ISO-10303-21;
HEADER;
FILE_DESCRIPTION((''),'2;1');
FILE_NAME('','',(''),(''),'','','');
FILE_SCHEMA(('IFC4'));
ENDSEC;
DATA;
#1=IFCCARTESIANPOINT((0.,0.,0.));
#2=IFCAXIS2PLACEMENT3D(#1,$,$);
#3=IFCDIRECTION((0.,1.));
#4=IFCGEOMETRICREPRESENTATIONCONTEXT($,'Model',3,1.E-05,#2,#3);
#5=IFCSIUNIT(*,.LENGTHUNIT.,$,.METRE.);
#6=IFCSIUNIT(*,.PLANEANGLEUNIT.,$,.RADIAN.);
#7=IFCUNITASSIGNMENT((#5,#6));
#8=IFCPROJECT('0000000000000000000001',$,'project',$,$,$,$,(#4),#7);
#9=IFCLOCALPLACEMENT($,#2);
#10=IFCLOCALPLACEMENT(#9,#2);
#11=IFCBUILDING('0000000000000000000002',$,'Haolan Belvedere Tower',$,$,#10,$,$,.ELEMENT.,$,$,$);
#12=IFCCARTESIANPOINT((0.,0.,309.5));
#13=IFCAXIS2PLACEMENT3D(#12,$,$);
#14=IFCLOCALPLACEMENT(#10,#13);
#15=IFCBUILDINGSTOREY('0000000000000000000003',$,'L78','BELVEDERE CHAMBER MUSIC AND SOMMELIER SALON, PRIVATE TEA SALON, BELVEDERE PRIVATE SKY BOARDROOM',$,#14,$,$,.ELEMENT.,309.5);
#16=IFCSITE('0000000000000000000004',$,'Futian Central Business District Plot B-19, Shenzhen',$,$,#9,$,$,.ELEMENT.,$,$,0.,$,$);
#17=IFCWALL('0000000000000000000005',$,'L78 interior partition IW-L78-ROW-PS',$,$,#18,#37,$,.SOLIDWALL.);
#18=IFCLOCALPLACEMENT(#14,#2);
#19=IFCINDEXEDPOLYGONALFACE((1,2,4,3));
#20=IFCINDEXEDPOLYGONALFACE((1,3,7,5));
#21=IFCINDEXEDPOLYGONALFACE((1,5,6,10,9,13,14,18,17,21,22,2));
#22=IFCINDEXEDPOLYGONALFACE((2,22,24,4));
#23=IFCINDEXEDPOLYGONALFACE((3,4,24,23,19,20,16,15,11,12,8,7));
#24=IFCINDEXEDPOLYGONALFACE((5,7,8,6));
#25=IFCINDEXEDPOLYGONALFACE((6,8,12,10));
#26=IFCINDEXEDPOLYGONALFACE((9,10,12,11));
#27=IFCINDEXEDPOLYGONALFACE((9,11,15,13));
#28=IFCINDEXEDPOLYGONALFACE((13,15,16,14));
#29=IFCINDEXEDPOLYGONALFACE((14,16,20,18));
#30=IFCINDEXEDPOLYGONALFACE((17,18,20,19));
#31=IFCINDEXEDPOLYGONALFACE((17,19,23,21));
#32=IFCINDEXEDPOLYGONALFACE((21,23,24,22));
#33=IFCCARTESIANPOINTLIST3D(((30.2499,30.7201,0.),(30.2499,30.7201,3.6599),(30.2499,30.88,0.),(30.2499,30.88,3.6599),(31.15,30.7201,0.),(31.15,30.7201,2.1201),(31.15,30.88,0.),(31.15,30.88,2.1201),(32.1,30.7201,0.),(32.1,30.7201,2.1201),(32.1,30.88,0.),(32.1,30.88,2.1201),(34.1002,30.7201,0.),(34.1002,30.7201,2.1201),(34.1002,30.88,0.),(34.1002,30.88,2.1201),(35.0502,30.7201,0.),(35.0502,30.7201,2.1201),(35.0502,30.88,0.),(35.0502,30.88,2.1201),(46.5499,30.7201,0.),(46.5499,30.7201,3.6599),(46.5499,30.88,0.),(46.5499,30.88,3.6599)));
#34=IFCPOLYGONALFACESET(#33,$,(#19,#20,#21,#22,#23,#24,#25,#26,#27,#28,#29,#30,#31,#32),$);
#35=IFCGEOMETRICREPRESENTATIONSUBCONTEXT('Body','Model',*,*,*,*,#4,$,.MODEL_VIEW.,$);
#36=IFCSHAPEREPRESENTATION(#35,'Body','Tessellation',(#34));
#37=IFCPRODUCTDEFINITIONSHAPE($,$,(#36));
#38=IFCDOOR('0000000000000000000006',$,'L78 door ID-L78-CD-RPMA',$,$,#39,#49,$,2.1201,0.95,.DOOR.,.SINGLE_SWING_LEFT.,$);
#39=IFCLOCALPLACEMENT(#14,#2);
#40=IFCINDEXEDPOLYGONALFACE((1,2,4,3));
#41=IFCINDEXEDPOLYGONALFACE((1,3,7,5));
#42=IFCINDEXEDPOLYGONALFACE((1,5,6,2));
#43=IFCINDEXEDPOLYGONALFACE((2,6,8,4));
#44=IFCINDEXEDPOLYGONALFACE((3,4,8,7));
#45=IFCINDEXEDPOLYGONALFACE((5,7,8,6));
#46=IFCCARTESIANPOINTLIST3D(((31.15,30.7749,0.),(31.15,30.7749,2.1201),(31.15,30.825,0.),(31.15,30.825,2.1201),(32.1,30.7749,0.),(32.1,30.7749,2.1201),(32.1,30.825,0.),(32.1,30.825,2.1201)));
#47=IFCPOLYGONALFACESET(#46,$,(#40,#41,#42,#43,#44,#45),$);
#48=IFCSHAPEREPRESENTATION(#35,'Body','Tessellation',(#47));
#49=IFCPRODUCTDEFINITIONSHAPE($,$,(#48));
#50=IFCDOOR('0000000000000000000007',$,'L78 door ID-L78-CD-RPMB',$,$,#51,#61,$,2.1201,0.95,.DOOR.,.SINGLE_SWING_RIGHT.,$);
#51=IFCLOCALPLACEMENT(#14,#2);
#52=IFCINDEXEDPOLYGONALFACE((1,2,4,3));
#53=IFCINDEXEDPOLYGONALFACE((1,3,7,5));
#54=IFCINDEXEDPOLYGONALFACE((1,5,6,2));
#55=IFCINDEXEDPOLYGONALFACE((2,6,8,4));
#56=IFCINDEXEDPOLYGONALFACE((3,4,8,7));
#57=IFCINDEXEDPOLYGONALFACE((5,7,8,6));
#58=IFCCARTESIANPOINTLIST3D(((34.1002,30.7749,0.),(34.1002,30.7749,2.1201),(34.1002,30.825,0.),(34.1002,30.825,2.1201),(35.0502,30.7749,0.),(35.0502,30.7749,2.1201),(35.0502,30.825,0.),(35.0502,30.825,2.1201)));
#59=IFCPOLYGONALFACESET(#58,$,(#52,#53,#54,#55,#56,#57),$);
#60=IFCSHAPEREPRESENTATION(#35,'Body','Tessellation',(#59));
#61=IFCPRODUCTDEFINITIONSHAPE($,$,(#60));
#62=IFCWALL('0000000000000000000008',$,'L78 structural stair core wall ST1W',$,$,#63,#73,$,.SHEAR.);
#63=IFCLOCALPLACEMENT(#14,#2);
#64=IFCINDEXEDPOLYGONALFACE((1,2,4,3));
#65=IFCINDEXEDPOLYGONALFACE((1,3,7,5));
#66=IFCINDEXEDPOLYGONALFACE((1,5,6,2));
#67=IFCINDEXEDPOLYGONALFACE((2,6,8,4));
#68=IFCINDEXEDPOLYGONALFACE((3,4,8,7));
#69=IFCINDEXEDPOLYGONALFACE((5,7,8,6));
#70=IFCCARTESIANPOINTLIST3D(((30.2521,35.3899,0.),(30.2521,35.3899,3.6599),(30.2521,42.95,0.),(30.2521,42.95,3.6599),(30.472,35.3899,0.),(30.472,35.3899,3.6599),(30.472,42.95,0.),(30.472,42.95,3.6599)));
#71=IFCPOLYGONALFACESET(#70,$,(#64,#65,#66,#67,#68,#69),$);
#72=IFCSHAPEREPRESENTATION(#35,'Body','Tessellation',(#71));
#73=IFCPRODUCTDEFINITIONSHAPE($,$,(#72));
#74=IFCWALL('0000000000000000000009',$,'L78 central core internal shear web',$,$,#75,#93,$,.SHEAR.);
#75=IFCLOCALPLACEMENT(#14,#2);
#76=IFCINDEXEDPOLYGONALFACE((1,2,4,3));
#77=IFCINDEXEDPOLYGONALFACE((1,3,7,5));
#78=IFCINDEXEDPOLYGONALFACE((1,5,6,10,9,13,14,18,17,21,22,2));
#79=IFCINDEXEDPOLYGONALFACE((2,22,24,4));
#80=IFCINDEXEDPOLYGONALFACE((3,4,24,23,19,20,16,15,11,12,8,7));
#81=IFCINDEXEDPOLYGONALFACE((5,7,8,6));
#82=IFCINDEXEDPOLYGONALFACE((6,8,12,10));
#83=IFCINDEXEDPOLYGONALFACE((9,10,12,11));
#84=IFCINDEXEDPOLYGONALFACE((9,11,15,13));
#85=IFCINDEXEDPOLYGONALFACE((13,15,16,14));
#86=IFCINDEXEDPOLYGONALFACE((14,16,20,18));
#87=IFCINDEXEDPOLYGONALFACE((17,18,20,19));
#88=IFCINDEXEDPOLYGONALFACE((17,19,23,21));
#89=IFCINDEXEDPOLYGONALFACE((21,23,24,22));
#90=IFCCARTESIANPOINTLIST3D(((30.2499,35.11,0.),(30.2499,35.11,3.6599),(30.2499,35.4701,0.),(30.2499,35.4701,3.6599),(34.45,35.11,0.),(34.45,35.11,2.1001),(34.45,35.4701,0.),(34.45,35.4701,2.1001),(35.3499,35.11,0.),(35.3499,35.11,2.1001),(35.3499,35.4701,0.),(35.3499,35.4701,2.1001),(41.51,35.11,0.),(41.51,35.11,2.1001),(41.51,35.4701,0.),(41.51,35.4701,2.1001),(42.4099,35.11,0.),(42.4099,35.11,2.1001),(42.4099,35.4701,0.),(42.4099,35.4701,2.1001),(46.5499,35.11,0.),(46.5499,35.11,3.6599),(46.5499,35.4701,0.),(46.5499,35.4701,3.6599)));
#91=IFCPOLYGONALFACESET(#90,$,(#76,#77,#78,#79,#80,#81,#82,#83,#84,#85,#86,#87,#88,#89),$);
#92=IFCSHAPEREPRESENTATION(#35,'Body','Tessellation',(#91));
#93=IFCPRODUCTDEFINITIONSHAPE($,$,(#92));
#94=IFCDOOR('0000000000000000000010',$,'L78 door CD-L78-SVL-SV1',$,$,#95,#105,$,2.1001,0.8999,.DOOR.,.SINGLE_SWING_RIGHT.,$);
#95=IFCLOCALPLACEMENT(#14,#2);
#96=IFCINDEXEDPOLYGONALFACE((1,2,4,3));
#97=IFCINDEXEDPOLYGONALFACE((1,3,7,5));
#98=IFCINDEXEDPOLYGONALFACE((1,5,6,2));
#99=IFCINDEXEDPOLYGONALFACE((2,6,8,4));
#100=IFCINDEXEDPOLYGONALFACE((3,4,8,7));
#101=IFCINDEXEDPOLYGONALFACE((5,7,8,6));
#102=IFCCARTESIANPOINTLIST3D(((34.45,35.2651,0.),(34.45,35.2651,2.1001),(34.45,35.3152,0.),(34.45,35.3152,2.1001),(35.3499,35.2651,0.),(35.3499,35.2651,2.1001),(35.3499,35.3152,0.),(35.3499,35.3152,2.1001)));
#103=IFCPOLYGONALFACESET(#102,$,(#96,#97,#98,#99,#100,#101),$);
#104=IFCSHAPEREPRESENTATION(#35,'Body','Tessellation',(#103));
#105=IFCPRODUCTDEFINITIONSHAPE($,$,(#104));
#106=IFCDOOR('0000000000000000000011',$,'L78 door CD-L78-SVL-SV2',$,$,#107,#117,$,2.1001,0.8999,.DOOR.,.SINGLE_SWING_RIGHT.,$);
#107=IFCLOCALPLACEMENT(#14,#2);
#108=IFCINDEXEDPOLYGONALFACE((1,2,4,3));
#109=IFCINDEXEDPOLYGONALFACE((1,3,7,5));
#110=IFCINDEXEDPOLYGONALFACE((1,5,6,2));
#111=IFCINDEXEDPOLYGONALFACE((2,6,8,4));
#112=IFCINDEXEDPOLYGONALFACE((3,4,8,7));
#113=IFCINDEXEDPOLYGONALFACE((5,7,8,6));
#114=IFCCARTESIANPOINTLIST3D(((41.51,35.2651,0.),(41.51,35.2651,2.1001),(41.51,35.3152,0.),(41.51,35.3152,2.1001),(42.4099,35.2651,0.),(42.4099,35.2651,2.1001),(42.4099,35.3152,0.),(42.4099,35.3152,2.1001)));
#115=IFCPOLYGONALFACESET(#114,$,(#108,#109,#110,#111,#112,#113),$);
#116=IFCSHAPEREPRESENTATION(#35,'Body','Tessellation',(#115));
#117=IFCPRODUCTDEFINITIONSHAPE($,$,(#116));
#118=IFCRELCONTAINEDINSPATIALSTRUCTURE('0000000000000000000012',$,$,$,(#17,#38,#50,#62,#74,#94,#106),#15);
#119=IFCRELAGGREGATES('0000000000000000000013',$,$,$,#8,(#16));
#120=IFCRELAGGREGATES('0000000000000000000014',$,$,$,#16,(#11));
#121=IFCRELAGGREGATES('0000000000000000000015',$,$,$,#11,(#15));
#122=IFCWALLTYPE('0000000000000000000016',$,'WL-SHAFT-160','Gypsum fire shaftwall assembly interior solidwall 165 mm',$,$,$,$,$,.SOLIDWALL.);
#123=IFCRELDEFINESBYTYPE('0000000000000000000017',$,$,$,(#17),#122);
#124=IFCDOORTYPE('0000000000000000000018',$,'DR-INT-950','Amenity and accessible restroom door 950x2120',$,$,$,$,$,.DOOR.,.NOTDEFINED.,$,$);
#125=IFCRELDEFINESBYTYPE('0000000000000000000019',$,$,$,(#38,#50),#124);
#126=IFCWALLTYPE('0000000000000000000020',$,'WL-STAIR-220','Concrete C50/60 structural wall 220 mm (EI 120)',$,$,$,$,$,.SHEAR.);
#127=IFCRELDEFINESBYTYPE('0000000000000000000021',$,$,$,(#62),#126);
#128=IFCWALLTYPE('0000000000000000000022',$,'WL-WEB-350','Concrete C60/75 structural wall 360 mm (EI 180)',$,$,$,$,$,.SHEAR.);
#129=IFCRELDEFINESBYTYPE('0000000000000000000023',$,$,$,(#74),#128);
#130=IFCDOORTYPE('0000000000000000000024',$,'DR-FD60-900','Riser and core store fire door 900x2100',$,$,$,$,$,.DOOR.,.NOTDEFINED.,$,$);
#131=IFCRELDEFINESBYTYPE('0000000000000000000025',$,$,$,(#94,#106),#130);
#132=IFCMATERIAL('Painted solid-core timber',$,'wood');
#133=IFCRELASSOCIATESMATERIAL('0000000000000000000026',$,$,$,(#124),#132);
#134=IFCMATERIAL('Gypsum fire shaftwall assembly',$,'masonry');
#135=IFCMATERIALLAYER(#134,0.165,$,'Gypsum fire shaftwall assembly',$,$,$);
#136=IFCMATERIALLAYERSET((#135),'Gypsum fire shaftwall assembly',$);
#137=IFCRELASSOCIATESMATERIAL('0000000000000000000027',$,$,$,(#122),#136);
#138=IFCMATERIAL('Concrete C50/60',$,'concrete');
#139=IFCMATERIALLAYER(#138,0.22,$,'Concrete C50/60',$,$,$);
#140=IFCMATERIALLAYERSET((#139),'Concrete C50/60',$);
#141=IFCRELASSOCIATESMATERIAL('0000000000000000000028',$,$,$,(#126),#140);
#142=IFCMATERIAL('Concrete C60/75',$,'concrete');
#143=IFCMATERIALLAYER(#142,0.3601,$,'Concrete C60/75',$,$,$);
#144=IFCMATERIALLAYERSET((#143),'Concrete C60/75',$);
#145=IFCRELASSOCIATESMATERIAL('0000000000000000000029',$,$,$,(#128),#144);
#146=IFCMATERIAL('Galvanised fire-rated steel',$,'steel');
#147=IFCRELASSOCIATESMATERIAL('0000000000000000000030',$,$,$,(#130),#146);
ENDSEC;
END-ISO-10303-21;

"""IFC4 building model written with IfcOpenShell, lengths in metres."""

from ifc_helpers import new_model, si_unit, direction, frame, frame_2d, origin, place, context, subcontext, project, spatial, rectangle, extrude, material, layer, layer_set, type_object, element, fill, save


model = new_model("IFC4")

# Units and contexts
model_context = context("Model", 3, precision=1e-05, world=origin(), true_north=direction((0.0, 1.0)))
body_context = subcontext(model_context, "Body", "Model", "MODEL_VIEW")
ifc_project = project(units=[si_unit("LENGTHUNIT", "METRE"), si_unit("PLANEANGLEUNIT", "RADIAN")], contexts=[model_context])

# Site, building, storey
site_placement = place(None, origin())
site = spatial("IfcSite", under=ifc_project, at=site_placement, Name="Futian Central Business District Plot B-19, Shenzhen", CompositionType="ELEMENT", RefElevation=0.0)
building_placement = place(site_placement, origin())
building = spatial("IfcBuilding", under=site, at=building_placement, Name="Haolan Belvedere Tower", CompositionType="ELEMENT")
storey_placement = place(building_placement, frame((0.0, 0.0, 309.5)))
storey = spatial("IfcBuildingStorey", under=building, at=storey_placement, Name="L78", Description="BELVEDERE CHAMBER MUSIC AND SOMMELIER SALON, PRIVATE TEA SALON, BELVEDERE PRIVATE SKY BOARDROOM", CompositionType="ELEMENT", Elevation=309.5)

# Shared definitions
ifc_material_1 = material(Name="Concrete C60/75", Category="concrete")

# Shared definitions
ifc_material_2 = material(Name="Concrete C50/60", Category="concrete")

# Shared definitions
ifc_material_3 = material(Name="Painted solid-core timber", Category="wood")
door_type_1 = type_object("IfcDoorType", Name="DR-INT-950", Description="Amenity and accessible restroom door 950x2120", OperationType="NOTDEFINED", PredefinedType="DOOR", material=ifc_material_3)

# Shared definitions
ifc_material_4 = material(Name="Gypsum fire shaftwall assembly", Category="masonry")
ifc_layer_1 = layer(ifc_material_4, 0.165, Name="Gypsum fire shaftwall assembly")
ifc_layer_set_1 = layer_set([ifc_layer_1], Name="Gypsum fire shaftwall assembly")
wall_type_1 = type_object("IfcWallType", Name="WL-SHAFT-160", Description="Gypsum fire shaftwall assembly interior solidwall 165 mm", PredefinedType="SOLIDWALL", material=ifc_layer_set_1)

# Wall, openings, doors
wall_1_placement = place(storey_placement, frame((30.25, 30.8, 0.0), z_axis=(0.0, 0.0, 1.0), x_axis=(1.0, 0.0, 0.0)))
wall_1 = element("IfcWall", 1, at=wall_1_placement, inside=storey, type_object=wall_type_1, Name="L78 interior partition IW-L78-ROW-PS", PredefinedType="SOLIDWALL", context=body_context, shape_type="SweptSolid", body=[
    extrude(rectangle(XDim=16.3, YDim=0.1599, at=frame_2d((8.1499, 0.0))), origin(), (0.0, 0.0, 1.0), 3.6599),
])
opening_1_placement = place(wall_1_placement, frame((0.8999, 0.0, 0.0)))
opening_1 = element("IfcOpeningElement", 2, at=opening_1_placement, cuts=wall_1, PredefinedType="OPENING", context=body_context, shape_type="SweptSolid", body=[
    extrude(rectangle(XDim=0.95, YDim=2.1201, at=frame_2d((0.4751, 1.0601))), frame((0.0, 0.0898, 0.0), z_axis=(0.0, -1.0, 0.0), x_axis=(1.0, 0.0, 0.0)), (0.0, 0.0, 1.0), 0.1799),
])
opening_2_placement = place(wall_1_placement, frame((3.8501, 0.0, 0.0)))
opening_2 = element("IfcOpeningElement", 3, at=opening_2_placement, cuts=wall_1, PredefinedType="OPENING", context=body_context, shape_type="SweptSolid", body=[
    extrude(rectangle(XDim=0.95, YDim=2.1201, at=frame_2d((0.4751, 1.0601))), frame((0.0, 0.0898, 0.0), z_axis=(0.0, -1.0, 0.0), x_axis=(1.0, 0.0, 0.0)), (0.0, 0.0, 1.0), 0.1799),
])
door_1_placement = place(opening_1_placement, origin())
door_1 = element("IfcDoor", 4, at=door_1_placement, inside=storey, type_object=door_type_1, Name="L78 door ID-L78-CD-RPMA", OperationType="SINGLE_SWING_LEFT", OverallHeight=2.1201, OverallWidth=0.95, PredefinedType="DOOR", context=body_context, shape_type="SweptSolid", body=[
    extrude(rectangle(XDim=0.95, YDim=2.1201, at=frame_2d((0.4751, 1.0601))), frame((0.0, 0.0249, 0.0), z_axis=(0.0, -1.0, 0.0), x_axis=(1.0, 0.0, 0.0)), (0.0, 0.0, 1.0), 0.05),
])
fill(opening_1, door_1)
door_2_placement = place(opening_2_placement, origin())
door_2 = element("IfcDoor", 5, at=door_2_placement, inside=storey, type_object=door_type_1, Name="L78 door ID-L78-CD-RPMB", OperationType="SINGLE_SWING_RIGHT", OverallHeight=2.1201, OverallWidth=0.95, PredefinedType="DOOR", context=body_context, shape_type="SweptSolid", body=[
    extrude(rectangle(XDim=0.95, YDim=2.1201, at=frame_2d((0.4751, 1.0601))), frame((0.0, 0.0249, 0.0), z_axis=(0.0, -1.0, 0.0), x_axis=(1.0, 0.0, 0.0)), (0.0, 0.0, 1.0), 0.05),
])
fill(opening_2, door_2)

# Wall
ifc_layer_2 = layer(ifc_material_2, 0.22, Name="Concrete C50/60")
ifc_layer_set_2 = layer_set([ifc_layer_2], Name="Concrete C50/60")
wall_type_2 = type_object("IfcWallType", Name="WL-STAIR-220", Description="Concrete C50/60 structural wall 220 mm (EI 120)", PredefinedType="SHEAR", material=ifc_layer_set_2)
wall_2_placement = place(storey_placement, frame((30.3621, 35.3899, 0.0), z_axis=(0.0, 0.0, 1.0), x_axis=(0.0, 1.0, 0.0)))
element("IfcWall", 6, at=wall_2_placement, inside=storey, type_object=wall_type_2, Name="L78 structural stair core wall ST1W", PredefinedType="SHEAR", context=body_context, shape_type="SweptSolid", body=[
    extrude(rectangle(XDim=7.5601, YDim=0.22, at=frame_2d((3.78, 0.0))), origin(), (0.0, 0.0, 1.0), 3.6599),
])

# Wall, openings, doors
ifc_layer_3 = layer(ifc_material_1, 0.3601, Name="Concrete C60/75")
ifc_layer_set_3 = layer_set([ifc_layer_3], Name="Concrete C60/75")
wall_type_3 = type_object("IfcWallType", Name="WL-WEB-350", Description="Concrete C60/75 structural wall 360 mm (EI 180)", PredefinedType="SHEAR", material=ifc_layer_set_3)
wall_3_placement = place(storey_placement, frame((30.25, 35.29, 0.0), z_axis=(0.0, 0.0, 1.0), x_axis=(1.0, 0.0, 0.0)))
wall_3 = element("IfcWall", 7, at=wall_3_placement, inside=storey, type_object=wall_type_3, Name="L78 central core internal shear web", PredefinedType="SHEAR", context=body_context, shape_type="SweptSolid", body=[
    extrude(rectangle(XDim=16.3, YDim=0.3601, at=frame_2d((8.1499, 0.0))), origin(), (0.0, 0.0, 1.0), 3.6599),
])
opening_3_placement = place(wall_3_placement, frame((5.0999, 0.0, 0.0), z_axis=(0.0, 0.0, 1.0), x_axis=(-1.0, 0.0, 0.0)))
opening_3 = element("IfcOpeningElement", 8, at=opening_3_placement, cuts=wall_3, PredefinedType="OPENING", context=body_context, shape_type="SweptSolid", body=[
    extrude(rectangle(XDim=0.8999, YDim=2.1001, at=frame_2d((0.45, 1.05))), frame((0.0, 0.1899, 0.0), z_axis=(0.0, -1.0, 0.0), x_axis=(1.0, 0.0, 0.0)), (0.0, 0.0, 1.0), 0.3801),
])
opening_4_placement = place(wall_3_placement, frame((12.1599, 0.0, 0.0), z_axis=(0.0, 0.0, 1.0), x_axis=(-1.0, 0.0, 0.0)))
opening_4 = element("IfcOpeningElement", 9, at=opening_4_placement, cuts=wall_3, PredefinedType="OPENING", context=body_context, shape_type="SweptSolid", body=[
    extrude(rectangle(XDim=0.8999, YDim=2.1001, at=frame_2d((0.45, 1.05))), frame((0.0, 0.1899, 0.0), z_axis=(0.0, -1.0, 0.0), x_axis=(1.0, 0.0, 0.0)), (0.0, 0.0, 1.0), 0.3801),
])
ifc_material_5 = material(Name="Galvanised fire-rated steel", Category="steel")
door_type_2 = type_object("IfcDoorType", Name="DR-FD60-900", Description="Riser and core store fire door 900x2100", OperationType="NOTDEFINED", PredefinedType="DOOR", material=ifc_material_5)
door_3_placement = place(opening_3_placement, origin())
door_3 = element("IfcDoor", 10, at=door_3_placement, inside=storey, type_object=door_type_2, Name="L78 door CD-L78-SVL-SV1", OperationType="SINGLE_SWING_RIGHT", OverallHeight=2.1001, OverallWidth=0.8999, PredefinedType="DOOR", context=body_context, shape_type="SweptSolid", body=[
    extrude(rectangle(XDim=0.8999, YDim=2.1001, at=frame_2d((0.45, 1.05))), frame((0.0, 0.0249, 0.0), z_axis=(0.0, -1.0, 0.0), x_axis=(1.0, 0.0, 0.0)), (0.0, 0.0, 1.0), 0.05),
])
fill(opening_3, door_3)
door_4_placement = place(opening_4_placement, origin())
door_4 = element("IfcDoor", 11, at=door_4_placement, inside=storey, type_object=door_type_2, Name="L78 door CD-L78-SVL-SV2", OperationType="SINGLE_SWING_RIGHT", OverallHeight=2.1001, OverallWidth=0.8999, PredefinedType="DOOR", context=body_context, shape_type="SweptSolid", body=[
    extrude(rectangle(XDim=0.8999, YDim=2.1001, at=frame_2d((0.45, 1.05))), frame((0.0, 0.0249, 0.0), z_axis=(0.0, -1.0, 0.0), x_axis=(1.0, 0.0, 0.0)), (0.0, 0.0, 1.0), 0.05),
])
fill(opening_4, door_4)

save(model, "model.ifc")
